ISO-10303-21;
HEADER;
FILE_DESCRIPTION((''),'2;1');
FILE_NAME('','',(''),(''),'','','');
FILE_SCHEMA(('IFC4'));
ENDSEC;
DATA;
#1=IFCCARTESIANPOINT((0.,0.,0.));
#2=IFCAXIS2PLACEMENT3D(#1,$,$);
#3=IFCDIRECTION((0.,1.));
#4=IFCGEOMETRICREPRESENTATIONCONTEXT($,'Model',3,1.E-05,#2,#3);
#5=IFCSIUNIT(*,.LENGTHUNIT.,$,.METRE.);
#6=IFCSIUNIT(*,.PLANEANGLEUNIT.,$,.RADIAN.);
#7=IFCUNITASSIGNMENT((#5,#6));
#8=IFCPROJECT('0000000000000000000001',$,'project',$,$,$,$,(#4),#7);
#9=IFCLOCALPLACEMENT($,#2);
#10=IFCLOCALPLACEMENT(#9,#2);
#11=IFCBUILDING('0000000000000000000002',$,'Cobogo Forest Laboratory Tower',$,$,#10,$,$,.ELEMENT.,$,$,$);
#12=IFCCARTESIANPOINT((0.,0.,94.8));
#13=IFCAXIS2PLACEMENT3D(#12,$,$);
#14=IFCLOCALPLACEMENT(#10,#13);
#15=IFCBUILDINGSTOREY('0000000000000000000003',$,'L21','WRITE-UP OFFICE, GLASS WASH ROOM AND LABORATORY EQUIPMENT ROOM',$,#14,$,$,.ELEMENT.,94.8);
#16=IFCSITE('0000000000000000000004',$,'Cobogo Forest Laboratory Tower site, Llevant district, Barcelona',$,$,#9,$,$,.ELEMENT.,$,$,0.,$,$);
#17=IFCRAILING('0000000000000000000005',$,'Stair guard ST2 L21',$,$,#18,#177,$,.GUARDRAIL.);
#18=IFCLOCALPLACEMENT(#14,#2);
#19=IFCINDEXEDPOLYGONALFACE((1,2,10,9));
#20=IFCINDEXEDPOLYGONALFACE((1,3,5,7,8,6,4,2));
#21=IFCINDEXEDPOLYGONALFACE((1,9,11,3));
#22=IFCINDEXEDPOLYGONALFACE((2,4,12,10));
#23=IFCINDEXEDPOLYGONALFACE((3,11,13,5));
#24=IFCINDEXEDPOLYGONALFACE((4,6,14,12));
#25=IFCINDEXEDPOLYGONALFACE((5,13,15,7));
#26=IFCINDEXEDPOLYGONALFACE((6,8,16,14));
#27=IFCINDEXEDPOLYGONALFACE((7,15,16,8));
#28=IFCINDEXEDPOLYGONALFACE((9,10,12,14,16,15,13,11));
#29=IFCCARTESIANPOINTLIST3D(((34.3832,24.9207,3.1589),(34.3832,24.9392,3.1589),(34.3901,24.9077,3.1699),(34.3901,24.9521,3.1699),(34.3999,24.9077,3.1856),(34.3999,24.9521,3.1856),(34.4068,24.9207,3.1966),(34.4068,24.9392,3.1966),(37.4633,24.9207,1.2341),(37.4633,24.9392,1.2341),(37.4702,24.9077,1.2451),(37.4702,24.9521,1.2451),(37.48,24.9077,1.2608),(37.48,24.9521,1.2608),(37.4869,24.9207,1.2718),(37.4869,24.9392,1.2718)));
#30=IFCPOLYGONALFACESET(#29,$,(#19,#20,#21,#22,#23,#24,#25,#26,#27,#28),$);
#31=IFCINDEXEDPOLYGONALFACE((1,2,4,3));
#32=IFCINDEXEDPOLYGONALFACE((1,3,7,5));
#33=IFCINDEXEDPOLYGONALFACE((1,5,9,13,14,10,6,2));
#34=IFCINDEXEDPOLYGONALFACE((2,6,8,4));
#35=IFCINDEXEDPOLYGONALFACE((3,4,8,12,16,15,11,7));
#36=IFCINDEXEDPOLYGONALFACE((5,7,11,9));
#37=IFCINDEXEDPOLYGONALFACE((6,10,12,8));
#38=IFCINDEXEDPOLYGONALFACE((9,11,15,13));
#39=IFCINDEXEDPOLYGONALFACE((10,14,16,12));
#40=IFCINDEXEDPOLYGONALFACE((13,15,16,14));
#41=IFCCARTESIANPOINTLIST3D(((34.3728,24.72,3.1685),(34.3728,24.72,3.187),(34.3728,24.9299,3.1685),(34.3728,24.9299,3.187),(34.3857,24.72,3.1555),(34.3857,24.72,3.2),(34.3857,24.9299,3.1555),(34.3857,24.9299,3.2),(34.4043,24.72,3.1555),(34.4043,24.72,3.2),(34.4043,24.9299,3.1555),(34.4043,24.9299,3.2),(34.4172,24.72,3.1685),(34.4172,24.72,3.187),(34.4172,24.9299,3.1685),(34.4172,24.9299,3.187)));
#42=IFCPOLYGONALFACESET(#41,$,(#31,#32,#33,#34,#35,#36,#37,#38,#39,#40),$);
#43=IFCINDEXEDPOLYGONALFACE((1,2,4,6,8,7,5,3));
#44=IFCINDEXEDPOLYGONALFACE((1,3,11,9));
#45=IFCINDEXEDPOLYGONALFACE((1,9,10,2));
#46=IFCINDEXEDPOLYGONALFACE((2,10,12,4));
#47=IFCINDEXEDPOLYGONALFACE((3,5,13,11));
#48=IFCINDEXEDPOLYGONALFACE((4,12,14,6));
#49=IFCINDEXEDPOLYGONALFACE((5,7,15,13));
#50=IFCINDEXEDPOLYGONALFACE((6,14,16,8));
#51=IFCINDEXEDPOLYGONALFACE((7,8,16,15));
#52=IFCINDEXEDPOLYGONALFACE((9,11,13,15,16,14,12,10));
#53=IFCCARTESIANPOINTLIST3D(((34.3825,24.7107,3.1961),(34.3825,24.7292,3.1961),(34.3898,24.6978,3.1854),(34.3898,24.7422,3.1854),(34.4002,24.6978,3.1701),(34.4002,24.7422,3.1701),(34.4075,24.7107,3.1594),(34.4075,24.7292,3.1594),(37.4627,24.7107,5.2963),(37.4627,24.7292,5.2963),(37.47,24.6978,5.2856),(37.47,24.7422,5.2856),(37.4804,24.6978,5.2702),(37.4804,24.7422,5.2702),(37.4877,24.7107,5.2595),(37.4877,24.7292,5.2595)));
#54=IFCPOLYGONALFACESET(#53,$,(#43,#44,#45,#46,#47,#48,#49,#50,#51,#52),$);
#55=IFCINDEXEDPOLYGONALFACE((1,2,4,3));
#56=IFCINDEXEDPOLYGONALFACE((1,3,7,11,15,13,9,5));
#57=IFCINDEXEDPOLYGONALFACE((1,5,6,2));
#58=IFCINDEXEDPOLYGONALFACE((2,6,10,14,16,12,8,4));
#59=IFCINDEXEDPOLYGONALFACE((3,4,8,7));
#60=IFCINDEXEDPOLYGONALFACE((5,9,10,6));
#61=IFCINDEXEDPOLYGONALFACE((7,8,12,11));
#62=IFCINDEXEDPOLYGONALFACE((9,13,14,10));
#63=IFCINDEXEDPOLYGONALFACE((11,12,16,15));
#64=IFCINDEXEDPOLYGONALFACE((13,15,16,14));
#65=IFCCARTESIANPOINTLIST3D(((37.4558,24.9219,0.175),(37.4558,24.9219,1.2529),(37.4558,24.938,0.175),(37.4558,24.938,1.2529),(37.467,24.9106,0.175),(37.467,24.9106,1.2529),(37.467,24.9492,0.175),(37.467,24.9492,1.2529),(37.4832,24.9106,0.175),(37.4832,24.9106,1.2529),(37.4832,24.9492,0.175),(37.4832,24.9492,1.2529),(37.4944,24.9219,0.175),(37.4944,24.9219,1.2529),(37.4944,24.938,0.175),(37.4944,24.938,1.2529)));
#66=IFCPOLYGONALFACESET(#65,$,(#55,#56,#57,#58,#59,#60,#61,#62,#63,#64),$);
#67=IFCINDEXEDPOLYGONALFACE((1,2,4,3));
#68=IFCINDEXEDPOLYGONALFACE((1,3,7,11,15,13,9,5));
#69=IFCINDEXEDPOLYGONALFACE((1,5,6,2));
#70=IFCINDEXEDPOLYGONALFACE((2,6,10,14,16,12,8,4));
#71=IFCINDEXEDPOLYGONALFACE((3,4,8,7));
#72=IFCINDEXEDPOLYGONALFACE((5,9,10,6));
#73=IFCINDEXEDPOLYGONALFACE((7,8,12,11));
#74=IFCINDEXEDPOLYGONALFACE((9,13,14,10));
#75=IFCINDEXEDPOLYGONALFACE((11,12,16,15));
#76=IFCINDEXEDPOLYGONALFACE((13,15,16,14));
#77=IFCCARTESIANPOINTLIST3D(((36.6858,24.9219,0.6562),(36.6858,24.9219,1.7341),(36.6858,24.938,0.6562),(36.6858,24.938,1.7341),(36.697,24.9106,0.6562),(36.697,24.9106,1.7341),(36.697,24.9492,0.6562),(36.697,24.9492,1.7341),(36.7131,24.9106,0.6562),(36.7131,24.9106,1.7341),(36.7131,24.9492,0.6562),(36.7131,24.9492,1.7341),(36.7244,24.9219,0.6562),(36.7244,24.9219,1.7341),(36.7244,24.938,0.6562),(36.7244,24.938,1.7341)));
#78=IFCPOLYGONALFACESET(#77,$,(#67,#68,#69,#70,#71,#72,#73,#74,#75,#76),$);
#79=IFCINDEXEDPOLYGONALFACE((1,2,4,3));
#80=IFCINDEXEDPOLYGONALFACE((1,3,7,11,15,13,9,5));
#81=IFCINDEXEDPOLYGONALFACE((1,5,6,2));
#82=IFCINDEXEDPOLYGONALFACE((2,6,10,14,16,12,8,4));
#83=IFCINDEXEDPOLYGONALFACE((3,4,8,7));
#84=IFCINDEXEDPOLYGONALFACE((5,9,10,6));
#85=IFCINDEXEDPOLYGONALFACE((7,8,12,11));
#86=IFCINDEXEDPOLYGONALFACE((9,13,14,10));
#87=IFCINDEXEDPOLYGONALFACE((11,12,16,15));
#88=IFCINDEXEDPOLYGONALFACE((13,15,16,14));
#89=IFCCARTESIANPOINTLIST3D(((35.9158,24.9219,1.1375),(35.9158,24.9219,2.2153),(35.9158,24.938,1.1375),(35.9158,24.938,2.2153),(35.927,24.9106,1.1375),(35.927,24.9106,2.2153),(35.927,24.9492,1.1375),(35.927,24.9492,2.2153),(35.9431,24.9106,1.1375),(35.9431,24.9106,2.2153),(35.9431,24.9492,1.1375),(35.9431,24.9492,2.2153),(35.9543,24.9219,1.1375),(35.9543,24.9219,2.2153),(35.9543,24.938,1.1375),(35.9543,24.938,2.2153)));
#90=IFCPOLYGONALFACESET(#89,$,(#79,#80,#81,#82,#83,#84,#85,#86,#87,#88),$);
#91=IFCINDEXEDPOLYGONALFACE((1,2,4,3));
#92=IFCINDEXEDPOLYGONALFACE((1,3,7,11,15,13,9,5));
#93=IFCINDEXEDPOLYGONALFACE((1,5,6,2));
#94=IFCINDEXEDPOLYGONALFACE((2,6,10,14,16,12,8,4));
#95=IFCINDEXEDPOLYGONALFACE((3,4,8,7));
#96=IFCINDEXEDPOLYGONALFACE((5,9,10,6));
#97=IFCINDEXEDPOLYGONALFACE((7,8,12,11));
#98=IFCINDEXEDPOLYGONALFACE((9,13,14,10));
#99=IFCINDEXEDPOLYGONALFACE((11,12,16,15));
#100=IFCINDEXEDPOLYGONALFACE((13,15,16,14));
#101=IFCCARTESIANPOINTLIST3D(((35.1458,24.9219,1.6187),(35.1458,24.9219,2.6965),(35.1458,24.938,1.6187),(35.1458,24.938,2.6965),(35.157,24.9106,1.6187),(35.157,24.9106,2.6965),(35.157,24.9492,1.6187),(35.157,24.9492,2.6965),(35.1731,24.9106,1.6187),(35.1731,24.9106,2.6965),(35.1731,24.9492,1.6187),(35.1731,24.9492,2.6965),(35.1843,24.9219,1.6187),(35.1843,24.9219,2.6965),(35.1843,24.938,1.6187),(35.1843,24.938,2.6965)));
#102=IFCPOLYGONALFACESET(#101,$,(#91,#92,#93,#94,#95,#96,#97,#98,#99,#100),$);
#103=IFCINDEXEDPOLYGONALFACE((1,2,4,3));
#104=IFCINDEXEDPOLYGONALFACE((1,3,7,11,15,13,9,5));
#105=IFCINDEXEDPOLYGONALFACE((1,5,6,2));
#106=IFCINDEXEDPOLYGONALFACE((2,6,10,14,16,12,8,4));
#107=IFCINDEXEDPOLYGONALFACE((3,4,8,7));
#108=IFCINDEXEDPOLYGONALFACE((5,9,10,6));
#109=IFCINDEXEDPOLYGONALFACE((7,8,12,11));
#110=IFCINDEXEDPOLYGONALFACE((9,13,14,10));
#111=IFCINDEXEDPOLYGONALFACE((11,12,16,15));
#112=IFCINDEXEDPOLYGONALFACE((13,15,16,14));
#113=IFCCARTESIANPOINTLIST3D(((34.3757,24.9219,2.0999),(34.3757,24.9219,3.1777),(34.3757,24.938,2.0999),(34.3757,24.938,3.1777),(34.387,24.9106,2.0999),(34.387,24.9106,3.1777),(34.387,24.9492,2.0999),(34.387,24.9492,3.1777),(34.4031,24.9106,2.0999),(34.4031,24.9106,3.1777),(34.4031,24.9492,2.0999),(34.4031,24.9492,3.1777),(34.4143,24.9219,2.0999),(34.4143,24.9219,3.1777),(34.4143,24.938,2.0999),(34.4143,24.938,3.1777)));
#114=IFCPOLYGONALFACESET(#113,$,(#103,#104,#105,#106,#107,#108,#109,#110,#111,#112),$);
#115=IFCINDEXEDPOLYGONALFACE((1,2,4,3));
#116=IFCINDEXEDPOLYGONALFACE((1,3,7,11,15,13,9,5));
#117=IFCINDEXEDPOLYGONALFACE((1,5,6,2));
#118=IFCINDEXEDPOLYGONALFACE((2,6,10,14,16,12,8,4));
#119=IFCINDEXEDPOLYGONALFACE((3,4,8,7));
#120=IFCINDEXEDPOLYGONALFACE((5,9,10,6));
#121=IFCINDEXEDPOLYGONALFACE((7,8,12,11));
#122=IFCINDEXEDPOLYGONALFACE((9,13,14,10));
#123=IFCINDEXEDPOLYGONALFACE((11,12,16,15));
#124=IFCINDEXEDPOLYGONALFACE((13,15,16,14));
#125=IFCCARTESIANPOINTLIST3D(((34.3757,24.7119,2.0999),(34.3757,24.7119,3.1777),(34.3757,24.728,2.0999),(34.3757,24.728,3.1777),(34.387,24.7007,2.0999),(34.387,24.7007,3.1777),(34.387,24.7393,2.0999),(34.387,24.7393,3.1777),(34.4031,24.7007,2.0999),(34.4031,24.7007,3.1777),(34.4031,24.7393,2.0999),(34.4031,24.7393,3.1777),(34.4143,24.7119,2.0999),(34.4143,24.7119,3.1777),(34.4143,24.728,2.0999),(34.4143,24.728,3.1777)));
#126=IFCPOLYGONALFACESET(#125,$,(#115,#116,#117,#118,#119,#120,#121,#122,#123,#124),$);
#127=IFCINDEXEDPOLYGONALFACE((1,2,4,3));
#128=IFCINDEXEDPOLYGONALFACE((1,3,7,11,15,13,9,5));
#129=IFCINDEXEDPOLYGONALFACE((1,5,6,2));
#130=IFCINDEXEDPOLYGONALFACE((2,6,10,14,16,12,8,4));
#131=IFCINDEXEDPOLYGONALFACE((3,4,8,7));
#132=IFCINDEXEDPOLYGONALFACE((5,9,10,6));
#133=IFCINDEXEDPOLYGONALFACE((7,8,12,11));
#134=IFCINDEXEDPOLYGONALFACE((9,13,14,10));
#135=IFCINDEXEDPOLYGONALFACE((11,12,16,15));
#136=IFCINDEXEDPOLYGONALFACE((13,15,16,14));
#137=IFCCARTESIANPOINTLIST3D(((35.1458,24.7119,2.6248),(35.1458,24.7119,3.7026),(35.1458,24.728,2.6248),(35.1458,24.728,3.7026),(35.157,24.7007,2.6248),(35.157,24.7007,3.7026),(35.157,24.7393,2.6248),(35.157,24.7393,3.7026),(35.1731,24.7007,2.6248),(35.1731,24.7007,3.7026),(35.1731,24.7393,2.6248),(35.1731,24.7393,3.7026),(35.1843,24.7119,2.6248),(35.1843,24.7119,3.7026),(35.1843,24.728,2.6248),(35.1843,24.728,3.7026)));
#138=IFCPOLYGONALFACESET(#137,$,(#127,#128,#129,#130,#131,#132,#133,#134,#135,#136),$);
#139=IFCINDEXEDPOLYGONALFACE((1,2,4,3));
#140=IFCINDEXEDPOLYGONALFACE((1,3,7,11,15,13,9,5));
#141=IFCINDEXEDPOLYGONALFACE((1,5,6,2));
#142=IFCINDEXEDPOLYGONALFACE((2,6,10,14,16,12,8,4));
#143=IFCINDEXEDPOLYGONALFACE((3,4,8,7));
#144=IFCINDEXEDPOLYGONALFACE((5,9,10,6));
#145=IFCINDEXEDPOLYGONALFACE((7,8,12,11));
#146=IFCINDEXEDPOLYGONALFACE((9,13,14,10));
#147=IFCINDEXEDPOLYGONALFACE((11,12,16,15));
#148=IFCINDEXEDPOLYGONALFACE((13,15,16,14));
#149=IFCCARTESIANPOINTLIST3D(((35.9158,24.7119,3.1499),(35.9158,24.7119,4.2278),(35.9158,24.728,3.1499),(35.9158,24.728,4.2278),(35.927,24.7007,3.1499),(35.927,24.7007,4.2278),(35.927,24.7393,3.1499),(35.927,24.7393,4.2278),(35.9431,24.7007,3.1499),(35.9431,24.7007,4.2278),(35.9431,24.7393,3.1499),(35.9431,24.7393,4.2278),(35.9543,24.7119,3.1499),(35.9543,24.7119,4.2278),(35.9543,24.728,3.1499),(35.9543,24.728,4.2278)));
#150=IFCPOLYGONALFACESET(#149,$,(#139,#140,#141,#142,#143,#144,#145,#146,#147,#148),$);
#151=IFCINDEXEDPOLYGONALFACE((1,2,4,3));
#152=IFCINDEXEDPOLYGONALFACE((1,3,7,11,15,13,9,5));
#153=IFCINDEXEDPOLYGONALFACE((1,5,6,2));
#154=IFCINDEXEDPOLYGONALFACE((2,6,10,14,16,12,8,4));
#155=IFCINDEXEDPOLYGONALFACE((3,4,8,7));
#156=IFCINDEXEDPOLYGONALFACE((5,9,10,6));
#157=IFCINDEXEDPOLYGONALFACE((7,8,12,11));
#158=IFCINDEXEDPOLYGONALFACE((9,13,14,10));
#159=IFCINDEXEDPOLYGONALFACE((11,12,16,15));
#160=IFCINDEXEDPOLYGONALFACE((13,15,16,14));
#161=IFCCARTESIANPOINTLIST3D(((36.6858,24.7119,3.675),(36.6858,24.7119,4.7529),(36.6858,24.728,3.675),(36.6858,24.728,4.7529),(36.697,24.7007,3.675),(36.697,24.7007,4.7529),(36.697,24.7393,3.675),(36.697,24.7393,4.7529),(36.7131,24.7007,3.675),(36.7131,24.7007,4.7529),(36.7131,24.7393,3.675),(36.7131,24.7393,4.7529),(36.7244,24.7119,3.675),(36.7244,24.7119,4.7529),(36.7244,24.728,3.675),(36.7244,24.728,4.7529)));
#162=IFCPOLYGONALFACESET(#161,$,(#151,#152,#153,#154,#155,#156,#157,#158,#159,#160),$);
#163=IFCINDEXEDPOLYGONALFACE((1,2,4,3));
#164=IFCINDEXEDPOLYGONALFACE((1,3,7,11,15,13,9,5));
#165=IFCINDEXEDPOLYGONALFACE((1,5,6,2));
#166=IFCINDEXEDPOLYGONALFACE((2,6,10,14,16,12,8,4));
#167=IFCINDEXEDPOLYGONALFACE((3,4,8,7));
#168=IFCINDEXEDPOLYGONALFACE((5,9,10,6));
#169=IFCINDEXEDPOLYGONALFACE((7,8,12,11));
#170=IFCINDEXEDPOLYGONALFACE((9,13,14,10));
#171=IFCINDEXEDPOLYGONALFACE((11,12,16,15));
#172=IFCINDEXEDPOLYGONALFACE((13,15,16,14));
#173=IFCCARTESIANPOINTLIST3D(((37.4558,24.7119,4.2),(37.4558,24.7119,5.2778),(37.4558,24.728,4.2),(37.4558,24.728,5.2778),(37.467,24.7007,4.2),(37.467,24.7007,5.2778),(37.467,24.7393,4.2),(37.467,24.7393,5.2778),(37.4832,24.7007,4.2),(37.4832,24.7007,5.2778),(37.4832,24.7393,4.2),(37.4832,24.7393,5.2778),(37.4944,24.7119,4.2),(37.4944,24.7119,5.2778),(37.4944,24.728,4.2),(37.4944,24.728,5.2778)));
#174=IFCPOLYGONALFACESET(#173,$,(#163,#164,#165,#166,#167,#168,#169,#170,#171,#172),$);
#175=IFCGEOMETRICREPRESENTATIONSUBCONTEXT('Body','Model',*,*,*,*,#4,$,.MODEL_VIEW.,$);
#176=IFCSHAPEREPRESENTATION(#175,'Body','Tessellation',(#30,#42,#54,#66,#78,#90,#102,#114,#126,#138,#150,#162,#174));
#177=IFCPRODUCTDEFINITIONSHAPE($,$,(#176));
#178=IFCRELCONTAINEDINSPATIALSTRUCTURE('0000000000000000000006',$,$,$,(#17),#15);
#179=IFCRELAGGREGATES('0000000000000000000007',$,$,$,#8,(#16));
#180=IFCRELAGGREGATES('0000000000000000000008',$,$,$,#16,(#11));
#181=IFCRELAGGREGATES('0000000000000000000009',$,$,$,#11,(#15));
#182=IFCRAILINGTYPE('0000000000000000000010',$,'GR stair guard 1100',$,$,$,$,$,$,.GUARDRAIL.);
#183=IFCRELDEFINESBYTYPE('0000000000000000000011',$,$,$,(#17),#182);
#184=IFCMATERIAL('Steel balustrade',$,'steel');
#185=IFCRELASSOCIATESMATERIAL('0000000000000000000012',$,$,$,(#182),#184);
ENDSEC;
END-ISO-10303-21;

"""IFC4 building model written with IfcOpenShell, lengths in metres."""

from ifc_helpers import new_model, si_unit, direction, frame, origin, place, context, subcontext, project, spatial, polyline, outline, extrude, material, type_object, element, save


model = new_model("IFC4")

# Units and contexts
model_context = context("Model", 3, precision=1e-05, world=origin(), true_north=direction((0.0, 1.0)))
body_context = subcontext(model_context, "Body", "Model", "MODEL_VIEW")
ifc_project = project(units=[si_unit("LENGTHUNIT", "METRE"), si_unit("PLANEANGLEUNIT", "RADIAN")], contexts=[model_context])

# Site, building, storey
site_placement = place(None, origin())
site = spatial("IfcSite", under=ifc_project, at=site_placement, Name="Cobogo Forest Laboratory Tower site, Llevant district, Barcelona", CompositionType="ELEMENT", RefElevation=0.0)
building_placement = place(site_placement, origin())
building = spatial("IfcBuilding", under=site, at=building_placement, Name="Cobogo Forest Laboratory Tower", CompositionType="ELEMENT")
storey_placement = place(building_placement, frame((0.0, 0.0, 94.8)))
storey = spatial("IfcBuildingStorey", under=building, at=storey_placement, Name="L21", Description="WRITE-UP OFFICE, GLASS WASH ROOM AND LABORATORY EQUIPMENT ROOM", CompositionType="ELEMENT", Elevation=94.8)

# Railing
ifc_material_1 = material(Name="Steel balustrade", Category="steel")
railing_type_1 = type_object("IfcRailingType", Name="GR stair guard 1100", PredefinedType="GUARDRAIL", material=ifc_material_1)
railing_1_placement = place(storey_placement, frame((37.4751, 24.9299, 0.175)))
element("IfcRailing", 1, at=railing_1_placement, inside=storey, type_object=railing_type_1, Name="Stair guard ST2 L21", PredefinedType="GUARDRAIL", context=body_context, shape_type="SweptSolid", body=[
    extrude(outline(polyline([(0.0222, 0.0093), (0.0093, 0.0222), (-0.0093, 0.0222), (-0.0222, 0.0093), (-0.0222, -0.0093), (-0.0093, -0.0222), (0.0093, -0.0222), (0.0222, -0.0093), (0.0222, 0.0093)])), frame((0.0, 0.0, 1.0779), z_axis=(-0.848029, 0.0, 0.529951), x_axis=(0.0, -1.0, 0.0)), (0.0, 0.0, 1.0), 3.6321),
    extrude(outline(polyline([(0.0222, 0.0093), (0.0093, 0.0222), (-0.0093, 0.0222), (-0.0222, 0.0093), (-0.0222, -0.0093), (-0.0093, -0.0222), (0.0093, -0.0222), (0.0222, -0.0093), (0.0222, 0.0093)])), frame((-3.0801, 0.0, 3.0027), z_axis=(0.0, -1.0, 0.0), x_axis=(1.0, 0.0, 0.0)), (0.0, 0.0, 1.0), 0.21),
    extrude(outline(polyline([(0.0222, 0.0093), (0.0093, 0.0222), (-0.0093, 0.0222), (-0.0222, 0.0093), (-0.0222, -0.0093), (-0.0093, -0.0222), (0.0093, -0.0222), (0.0222, -0.0093), (0.0222, 0.0093)])), frame((-3.0801, -0.21, 3.0027), z_axis=(0.826222, 0.0, 0.563345), x_axis=(0.0, 1.0, 0.0)), (0.0, 0.0, 1.0), 3.728),
    extrude(outline(polyline([(0.0193, 0.0081), (0.0081, 0.0193), (-0.0081, 0.0193), (-0.0193, 0.0081), (-0.0193, -0.0081), (-0.0081, -0.0193), (0.0081, -0.0193), (0.0193, -0.0081), (0.0193, 0.0081)])), origin(), (0.0, 0.0, 1.0), 1.0779),
    extrude(outline(polyline([(0.0193, 0.0081), (0.0081, 0.0193), (-0.0081, 0.0193), (-0.0193, 0.0081), (-0.0193, -0.0081), (-0.0081, -0.0193), (0.0081, -0.0193), (0.0193, -0.0081), (0.0193, 0.0081)])), frame((-0.77, 0.0, 0.4812)), (0.0, 0.0, 1.0), 1.0779),
    extrude(outline(polyline([(0.0193, 0.0081), (0.0081, 0.0193), (-0.0081, 0.0193), (-0.0193, 0.0081), (-0.0193, -0.0081), (-0.0081, -0.0193), (0.0081, -0.0193), (0.0193, -0.0081), (0.0193, 0.0081)])), frame((-1.54, 0.0, 0.9624)), (0.0, 0.0, 1.0), 1.0779),
    extrude(outline(polyline([(0.0193, 0.0081), (0.0081, 0.0193), (-0.0081, 0.0193), (-0.0193, 0.0081), (-0.0193, -0.0081), (-0.0081, -0.0193), (0.0081, -0.0193), (0.0193, -0.0081), (0.0193, 0.0081)])), frame((-2.3101, 0.0, 1.4436)), (0.0, 0.0, 1.0), 1.0779),
    extrude(outline(polyline([(0.0193, 0.0081), (0.0081, 0.0193), (-0.0081, 0.0193), (-0.0193, 0.0081), (-0.0193, -0.0081), (-0.0081, -0.0193), (0.0081, -0.0193), (0.0193, -0.0081), (0.0193, 0.0081)])), frame((-3.0801, 0.0, 1.9248)), (0.0, 0.0, 1.0), 1.0779),
    extrude(outline(polyline([(0.0193, 0.0081), (0.0081, 0.0193), (-0.0081, 0.0193), (-0.0193, 0.0081), (-0.0193, -0.0081), (-0.0081, -0.0193), (0.0081, -0.0193), (0.0193, -0.0081), (0.0193, 0.0081)])), frame((-3.0801, -0.21, 1.9248)), (0.0, 0.0, 1.0), 1.0779),
    extrude(outline(polyline([(0.0193, 0.0081), (0.0081, 0.0193), (-0.0081, 0.0193), (-0.0193, 0.0081), (-0.0193, -0.0081), (-0.0081, -0.0193), (0.0081, -0.0193), (0.0193, -0.0081), (0.0193, 0.0081)])), frame((-2.3101, -0.21, 2.4497)), (0.0, 0.0, 1.0), 1.0779),
    extrude(outline(polyline([(0.0193, 0.0081), (0.0081, 0.0193), (-0.0081, 0.0193), (-0.0193, 0.0081), (-0.0193, -0.0081), (-0.0081, -0.0193), (0.0081, -0.0193), (0.0193, -0.0081), (0.0193, 0.0081)])), frame((-1.54, -0.21, 2.9749)), (0.0, 0.0, 1.0), 1.0779),
    extrude(outline(polyline([(0.0193, 0.0081), (0.0081, 0.0193), (-0.0081, 0.0193), (-0.0193, 0.0081), (-0.0193, -0.0081), (-0.0081, -0.0193), (0.0081, -0.0193), (0.0193, -0.0081), (0.0193, 0.0081)])), frame((-0.77, -0.21, 3.5)), (0.0, 0.0, 1.0), 1.0779),
    extrude(outline(polyline([(0.0193, 0.0081), (0.0081, 0.0193), (-0.0081, 0.0193), (-0.0193, 0.0081), (-0.0193, -0.0081), (-0.0081, -0.0193), (0.0081, -0.0193), (0.0193, -0.0081), (0.0193, 0.0081)])), frame((0.0, -0.21, 4.0249)), (0.0, 0.0, 1.0), 1.0779),
])

save(model, "model.ifc")
